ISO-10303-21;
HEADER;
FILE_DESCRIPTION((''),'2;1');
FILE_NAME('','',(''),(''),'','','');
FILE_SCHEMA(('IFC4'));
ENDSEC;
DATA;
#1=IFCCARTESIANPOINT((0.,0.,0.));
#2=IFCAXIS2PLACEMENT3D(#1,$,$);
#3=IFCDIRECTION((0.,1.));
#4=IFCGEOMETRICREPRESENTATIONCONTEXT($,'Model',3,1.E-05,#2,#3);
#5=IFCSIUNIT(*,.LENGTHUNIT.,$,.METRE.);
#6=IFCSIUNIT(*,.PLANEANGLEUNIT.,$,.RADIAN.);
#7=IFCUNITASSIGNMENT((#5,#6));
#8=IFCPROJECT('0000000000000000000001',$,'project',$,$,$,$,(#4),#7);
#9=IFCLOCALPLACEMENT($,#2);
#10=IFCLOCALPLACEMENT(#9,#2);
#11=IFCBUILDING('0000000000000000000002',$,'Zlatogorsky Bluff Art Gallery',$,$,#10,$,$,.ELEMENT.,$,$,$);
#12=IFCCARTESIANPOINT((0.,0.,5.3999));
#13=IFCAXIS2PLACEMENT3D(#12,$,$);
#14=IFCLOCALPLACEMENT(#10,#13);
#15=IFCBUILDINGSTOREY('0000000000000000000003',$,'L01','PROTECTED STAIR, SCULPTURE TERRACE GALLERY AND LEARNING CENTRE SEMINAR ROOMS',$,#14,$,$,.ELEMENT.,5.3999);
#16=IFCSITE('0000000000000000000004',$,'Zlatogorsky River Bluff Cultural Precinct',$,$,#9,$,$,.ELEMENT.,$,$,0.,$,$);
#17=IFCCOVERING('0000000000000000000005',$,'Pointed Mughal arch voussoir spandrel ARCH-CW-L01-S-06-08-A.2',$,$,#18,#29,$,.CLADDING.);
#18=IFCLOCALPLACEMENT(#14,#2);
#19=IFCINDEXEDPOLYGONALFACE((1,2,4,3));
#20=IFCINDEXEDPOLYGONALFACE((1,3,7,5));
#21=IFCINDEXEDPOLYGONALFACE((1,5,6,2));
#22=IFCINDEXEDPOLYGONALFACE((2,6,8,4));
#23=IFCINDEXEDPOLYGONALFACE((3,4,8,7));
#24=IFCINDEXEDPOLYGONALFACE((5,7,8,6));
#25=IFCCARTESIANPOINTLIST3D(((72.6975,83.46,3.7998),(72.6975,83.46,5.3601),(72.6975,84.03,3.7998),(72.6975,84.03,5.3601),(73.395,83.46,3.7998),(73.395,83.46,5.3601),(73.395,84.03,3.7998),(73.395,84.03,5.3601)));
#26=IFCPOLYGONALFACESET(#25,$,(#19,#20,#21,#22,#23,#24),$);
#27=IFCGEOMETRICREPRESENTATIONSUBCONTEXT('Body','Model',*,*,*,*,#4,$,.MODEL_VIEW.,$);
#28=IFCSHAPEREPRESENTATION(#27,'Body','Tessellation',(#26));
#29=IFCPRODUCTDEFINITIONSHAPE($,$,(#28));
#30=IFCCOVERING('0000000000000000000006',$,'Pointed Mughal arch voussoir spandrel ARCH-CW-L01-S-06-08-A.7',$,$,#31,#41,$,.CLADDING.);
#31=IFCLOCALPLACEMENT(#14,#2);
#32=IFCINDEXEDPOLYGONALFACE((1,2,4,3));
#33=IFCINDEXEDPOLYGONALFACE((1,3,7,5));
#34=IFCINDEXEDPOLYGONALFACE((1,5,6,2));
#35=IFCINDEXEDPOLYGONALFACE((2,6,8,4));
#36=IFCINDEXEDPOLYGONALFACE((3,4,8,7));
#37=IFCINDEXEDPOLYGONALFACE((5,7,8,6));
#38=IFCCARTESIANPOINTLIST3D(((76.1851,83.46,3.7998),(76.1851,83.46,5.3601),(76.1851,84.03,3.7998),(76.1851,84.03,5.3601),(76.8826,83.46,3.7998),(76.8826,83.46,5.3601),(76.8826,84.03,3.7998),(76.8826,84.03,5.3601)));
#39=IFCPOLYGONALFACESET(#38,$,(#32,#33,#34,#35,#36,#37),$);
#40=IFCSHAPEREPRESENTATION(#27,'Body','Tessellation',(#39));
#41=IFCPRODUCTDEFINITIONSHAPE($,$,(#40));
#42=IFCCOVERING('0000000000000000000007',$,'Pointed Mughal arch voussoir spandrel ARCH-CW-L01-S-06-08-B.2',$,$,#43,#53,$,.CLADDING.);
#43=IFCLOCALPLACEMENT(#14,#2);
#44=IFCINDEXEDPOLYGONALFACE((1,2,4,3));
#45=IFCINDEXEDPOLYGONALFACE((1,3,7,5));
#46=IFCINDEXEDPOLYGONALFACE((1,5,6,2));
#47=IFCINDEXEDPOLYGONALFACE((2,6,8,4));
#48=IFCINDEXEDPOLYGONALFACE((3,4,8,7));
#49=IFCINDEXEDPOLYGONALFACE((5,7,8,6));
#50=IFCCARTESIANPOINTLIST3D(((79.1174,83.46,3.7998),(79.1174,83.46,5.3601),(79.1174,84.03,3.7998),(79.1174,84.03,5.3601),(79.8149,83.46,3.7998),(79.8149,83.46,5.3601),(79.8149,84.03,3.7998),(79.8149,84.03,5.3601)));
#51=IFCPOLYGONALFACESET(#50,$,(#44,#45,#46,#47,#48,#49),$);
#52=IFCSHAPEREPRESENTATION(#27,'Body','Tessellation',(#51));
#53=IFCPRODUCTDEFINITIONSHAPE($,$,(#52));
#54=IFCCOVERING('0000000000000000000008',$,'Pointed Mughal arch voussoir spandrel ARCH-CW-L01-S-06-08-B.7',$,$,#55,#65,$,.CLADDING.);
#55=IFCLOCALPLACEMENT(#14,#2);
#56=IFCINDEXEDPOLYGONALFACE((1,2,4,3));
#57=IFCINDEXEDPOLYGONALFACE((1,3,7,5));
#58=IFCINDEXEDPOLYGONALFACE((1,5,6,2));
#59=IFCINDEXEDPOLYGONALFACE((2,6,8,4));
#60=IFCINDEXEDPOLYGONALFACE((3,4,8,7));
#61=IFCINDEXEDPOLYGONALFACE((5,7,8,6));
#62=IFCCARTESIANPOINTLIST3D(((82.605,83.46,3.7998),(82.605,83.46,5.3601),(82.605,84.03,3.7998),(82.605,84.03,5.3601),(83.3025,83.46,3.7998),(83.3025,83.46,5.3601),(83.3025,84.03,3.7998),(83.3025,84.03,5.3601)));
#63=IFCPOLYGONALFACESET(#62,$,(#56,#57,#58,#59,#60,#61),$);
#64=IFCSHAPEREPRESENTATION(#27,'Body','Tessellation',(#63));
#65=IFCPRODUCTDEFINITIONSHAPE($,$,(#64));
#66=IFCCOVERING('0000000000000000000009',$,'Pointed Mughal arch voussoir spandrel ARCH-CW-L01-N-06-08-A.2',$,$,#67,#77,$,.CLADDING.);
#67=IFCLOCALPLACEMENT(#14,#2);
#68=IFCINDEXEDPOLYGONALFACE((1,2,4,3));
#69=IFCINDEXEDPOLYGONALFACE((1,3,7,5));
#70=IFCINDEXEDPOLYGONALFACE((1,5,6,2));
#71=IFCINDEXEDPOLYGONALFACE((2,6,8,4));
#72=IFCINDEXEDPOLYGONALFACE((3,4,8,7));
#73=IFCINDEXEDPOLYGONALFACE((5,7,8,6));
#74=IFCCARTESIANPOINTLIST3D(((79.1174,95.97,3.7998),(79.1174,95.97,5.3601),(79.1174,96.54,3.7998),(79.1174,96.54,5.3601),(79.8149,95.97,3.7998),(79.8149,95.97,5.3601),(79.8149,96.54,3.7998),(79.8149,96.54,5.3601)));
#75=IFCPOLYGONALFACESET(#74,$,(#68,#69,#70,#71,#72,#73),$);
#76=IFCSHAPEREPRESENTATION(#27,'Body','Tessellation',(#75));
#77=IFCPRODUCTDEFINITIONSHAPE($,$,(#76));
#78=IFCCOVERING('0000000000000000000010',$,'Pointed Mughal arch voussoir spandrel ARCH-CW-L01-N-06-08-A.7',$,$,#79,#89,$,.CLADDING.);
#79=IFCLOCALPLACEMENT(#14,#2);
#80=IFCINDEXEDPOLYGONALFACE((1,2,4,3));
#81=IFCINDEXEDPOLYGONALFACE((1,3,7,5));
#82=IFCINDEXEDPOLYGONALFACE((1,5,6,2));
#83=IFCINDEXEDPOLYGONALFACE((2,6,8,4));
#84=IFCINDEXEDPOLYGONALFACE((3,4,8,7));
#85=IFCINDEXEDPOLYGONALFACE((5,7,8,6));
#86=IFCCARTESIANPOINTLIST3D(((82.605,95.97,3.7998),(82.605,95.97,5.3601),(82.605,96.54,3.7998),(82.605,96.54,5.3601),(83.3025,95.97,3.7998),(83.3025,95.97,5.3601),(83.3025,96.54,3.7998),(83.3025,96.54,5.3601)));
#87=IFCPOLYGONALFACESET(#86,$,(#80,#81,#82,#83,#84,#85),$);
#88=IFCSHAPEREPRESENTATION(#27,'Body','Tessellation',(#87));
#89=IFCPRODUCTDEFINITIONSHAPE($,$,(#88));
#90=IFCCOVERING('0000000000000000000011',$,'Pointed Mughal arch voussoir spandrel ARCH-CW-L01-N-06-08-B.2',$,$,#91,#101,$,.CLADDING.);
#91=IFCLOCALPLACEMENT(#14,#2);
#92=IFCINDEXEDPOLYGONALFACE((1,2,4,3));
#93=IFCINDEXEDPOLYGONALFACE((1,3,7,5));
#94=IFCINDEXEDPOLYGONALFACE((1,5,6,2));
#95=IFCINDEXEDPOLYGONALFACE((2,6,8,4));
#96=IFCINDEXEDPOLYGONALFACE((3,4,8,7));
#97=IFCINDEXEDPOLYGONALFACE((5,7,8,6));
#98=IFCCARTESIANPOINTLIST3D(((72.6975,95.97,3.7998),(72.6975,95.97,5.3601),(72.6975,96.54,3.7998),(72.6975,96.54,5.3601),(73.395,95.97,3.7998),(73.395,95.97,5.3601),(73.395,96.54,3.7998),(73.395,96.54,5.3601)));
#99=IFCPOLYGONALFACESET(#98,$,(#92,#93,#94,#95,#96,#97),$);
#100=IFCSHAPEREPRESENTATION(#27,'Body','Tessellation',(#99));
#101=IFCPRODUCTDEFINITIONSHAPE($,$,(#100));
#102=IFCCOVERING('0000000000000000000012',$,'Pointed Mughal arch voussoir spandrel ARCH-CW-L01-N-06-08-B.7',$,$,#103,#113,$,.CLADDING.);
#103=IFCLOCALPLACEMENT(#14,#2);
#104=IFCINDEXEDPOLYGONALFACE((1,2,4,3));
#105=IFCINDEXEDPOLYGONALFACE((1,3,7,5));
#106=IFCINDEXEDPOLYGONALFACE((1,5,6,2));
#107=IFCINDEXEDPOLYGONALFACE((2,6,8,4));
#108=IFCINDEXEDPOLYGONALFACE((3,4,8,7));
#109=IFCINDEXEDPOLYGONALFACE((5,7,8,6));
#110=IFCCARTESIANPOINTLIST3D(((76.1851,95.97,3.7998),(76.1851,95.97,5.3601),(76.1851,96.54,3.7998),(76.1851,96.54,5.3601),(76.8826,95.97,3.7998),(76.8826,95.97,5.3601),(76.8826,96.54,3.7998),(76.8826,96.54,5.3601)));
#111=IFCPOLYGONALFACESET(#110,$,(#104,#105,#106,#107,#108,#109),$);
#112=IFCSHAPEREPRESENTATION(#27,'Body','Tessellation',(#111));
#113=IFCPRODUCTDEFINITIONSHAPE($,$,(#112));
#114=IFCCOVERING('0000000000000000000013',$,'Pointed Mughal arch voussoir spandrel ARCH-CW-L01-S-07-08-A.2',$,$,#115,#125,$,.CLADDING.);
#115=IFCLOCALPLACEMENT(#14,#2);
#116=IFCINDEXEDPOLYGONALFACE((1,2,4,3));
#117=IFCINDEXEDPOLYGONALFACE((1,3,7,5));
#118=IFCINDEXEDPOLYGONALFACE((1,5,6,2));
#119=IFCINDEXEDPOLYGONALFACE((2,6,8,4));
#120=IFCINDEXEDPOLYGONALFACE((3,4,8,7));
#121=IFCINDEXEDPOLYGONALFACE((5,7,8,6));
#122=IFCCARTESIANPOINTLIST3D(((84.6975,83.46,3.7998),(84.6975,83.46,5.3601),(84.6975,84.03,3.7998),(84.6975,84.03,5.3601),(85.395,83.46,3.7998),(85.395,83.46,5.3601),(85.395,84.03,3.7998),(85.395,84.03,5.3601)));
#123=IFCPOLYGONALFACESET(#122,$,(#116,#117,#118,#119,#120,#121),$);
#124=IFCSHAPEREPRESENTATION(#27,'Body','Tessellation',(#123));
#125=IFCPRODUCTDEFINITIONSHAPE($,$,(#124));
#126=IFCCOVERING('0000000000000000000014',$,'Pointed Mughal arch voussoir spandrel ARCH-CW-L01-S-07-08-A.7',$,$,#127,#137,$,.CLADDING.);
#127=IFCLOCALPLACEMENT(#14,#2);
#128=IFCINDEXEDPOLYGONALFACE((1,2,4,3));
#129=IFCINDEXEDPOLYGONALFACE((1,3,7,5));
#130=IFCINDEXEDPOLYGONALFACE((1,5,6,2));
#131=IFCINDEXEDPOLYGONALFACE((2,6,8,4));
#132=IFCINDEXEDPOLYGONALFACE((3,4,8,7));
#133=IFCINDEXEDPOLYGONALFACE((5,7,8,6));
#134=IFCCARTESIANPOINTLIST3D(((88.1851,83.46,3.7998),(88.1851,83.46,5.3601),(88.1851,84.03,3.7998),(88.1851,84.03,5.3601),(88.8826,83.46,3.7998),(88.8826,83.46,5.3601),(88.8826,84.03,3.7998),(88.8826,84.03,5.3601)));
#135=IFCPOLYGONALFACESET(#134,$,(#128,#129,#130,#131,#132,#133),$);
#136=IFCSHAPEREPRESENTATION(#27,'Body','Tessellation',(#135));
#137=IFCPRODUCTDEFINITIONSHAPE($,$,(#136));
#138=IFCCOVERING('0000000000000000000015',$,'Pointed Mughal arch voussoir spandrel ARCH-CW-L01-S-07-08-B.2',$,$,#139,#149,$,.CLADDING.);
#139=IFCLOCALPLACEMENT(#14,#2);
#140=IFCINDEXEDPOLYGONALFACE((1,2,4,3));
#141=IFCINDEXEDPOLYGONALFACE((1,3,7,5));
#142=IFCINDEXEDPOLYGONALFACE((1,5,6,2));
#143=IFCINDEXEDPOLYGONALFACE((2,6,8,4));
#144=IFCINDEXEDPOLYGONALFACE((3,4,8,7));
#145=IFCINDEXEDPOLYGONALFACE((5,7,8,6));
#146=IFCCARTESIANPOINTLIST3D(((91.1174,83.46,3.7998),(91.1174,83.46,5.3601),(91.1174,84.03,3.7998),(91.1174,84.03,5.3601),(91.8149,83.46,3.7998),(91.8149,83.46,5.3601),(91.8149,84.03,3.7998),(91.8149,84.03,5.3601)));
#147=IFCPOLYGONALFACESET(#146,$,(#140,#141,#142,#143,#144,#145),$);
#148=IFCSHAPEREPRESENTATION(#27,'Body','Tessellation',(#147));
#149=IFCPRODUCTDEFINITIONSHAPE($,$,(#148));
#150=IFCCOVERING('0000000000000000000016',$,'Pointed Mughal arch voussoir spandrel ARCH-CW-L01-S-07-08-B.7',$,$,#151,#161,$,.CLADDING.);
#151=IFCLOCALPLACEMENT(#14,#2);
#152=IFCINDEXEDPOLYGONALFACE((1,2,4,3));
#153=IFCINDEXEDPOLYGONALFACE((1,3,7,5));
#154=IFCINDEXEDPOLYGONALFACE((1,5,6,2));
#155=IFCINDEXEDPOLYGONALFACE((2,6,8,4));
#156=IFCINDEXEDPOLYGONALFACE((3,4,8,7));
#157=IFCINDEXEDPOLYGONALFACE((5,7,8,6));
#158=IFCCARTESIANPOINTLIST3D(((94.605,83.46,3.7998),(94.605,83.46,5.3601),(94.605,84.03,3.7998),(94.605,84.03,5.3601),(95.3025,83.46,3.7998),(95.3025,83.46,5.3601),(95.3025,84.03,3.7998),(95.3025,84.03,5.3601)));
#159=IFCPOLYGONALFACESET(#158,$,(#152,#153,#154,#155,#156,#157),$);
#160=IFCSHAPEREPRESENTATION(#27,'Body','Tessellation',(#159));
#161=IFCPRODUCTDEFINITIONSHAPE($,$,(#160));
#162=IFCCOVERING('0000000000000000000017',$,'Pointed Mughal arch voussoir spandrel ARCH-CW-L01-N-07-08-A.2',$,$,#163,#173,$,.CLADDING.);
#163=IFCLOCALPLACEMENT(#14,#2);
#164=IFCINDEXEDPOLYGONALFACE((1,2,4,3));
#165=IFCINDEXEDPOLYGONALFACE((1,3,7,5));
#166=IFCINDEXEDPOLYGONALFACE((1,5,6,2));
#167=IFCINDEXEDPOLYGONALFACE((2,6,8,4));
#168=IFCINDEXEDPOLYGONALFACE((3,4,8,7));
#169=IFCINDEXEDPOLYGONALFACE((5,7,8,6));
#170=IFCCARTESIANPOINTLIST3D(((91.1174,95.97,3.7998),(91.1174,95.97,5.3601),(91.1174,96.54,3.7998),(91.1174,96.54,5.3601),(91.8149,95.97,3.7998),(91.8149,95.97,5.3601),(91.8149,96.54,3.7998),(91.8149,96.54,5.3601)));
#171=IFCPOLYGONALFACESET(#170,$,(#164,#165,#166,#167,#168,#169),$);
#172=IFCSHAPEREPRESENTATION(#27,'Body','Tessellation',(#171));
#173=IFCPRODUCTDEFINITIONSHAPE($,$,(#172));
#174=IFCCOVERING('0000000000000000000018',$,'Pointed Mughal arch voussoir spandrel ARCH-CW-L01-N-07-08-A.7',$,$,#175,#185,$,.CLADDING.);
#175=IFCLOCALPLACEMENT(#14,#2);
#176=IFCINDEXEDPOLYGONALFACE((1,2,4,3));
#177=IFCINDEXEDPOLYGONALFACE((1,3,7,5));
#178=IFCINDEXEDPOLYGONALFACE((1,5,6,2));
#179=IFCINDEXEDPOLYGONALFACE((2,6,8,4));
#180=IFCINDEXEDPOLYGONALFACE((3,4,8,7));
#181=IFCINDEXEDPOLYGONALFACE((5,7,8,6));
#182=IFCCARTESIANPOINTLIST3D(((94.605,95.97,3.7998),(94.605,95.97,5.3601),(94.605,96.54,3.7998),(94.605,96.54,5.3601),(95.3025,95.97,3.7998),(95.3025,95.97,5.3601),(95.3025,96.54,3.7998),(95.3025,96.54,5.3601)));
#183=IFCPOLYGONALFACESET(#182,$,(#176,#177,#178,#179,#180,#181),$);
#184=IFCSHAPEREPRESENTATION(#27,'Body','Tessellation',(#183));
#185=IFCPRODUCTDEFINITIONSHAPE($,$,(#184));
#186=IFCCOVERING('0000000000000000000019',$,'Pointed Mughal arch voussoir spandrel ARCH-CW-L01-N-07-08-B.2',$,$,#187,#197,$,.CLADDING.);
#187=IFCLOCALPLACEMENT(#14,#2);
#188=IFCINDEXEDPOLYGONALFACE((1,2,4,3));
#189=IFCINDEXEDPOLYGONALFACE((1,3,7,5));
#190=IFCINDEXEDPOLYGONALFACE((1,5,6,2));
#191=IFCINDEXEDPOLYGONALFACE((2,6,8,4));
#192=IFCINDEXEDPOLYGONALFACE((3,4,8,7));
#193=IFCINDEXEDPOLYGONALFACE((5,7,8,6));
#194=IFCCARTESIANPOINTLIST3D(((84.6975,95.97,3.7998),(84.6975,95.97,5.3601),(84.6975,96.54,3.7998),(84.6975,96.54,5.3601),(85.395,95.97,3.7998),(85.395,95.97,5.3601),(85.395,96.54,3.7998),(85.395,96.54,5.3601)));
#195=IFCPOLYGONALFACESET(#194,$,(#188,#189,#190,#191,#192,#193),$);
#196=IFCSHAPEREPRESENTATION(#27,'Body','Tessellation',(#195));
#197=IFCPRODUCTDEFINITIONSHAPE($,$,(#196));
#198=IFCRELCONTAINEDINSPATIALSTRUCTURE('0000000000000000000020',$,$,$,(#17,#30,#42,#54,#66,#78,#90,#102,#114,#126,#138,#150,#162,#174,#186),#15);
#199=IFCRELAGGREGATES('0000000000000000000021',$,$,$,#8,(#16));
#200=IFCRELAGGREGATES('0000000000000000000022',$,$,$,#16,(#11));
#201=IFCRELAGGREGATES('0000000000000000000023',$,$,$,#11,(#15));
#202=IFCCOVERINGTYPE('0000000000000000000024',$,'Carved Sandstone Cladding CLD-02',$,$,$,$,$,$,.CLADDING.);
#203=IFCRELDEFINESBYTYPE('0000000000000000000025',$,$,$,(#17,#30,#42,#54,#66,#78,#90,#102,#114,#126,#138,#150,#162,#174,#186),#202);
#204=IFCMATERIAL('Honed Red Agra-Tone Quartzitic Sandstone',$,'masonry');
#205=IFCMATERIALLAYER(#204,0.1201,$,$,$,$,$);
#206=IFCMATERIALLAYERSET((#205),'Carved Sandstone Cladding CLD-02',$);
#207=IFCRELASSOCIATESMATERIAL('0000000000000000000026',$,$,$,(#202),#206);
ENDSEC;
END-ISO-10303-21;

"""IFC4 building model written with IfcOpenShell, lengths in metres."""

from ifc_helpers import new_model, si_unit, direction, frame, origin, place, context, subcontext, project, spatial, polyline, outline, extrude, material, layer, layer_set, type_object, element, save


model = new_model("IFC4")

# Units and contexts
model_context = context("Model", 3, precision=1e-05, world=origin(), true_north=direction((0.0, 1.0)))
body_context = subcontext(model_context, "Body", "Model", "MODEL_VIEW")
ifc_project = project(units=[si_unit("LENGTHUNIT", "METRE"), si_unit("PLANEANGLEUNIT", "RADIAN")], contexts=[model_context])

# Site, building, storey
site_placement = place(None, origin())
site = spatial("IfcSite", under=ifc_project, at=site_placement, Name="Zlatogorsky River Bluff Cultural Precinct", CompositionType="ELEMENT", RefElevation=0.0)
building_placement = place(site_placement, origin())
building = spatial("IfcBuilding", under=site, at=building_placement, Name="Zlatogorsky Bluff Art Gallery", CompositionType="ELEMENT")
storey_placement = place(building_placement, frame((0.0, 0.0, 5.3999)))
storey = spatial("IfcBuildingStorey", under=building, at=storey_placement, Name="L01", Description="PROTECTED STAIR, SCULPTURE TERRACE GALLERY AND LEARNING CENTRE SEMINAR ROOMS", CompositionType="ELEMENT", Elevation=5.3999)

# Coverings
ifc_material = material(Name="Honed Red Agra-Tone Quartzitic Sandstone", Category="masonry")
ifc_layer = layer(ifc_material, 0.1201)
ifc_layer_set = layer_set([ifc_layer], Name="Carved Sandstone Cladding CLD-02")
covering_type = type_object("IfcCoveringType", Name="Carved Sandstone Cladding CLD-02", PredefinedType="CLADDING", material=ifc_layer_set)
covering_1_placement = place(storey_placement, frame((0.0, 0.0, 3.7998)))
element("IfcCovering", 1, at=covering_1_placement, inside=storey, type_object=covering_type, Name="Pointed Mughal arch voussoir spandrel ARCH-CW-L01-S-06-08-A.2", PredefinedType="CLADDING", context=body_context, shape_type="SweptSolid", body=[
    extrude(outline(polyline([(72.6975, 83.46), (73.395, 83.46), (73.395, 84.03), (72.6975, 84.03), (72.6975, 83.46)])), origin(), (0.0, 0.0, 1.0), 1.5603),
])
covering_2_placement = place(storey_placement, frame((0.0, 0.0, 3.7998)))
element("IfcCovering", 2, at=covering_2_placement, inside=storey, type_object=covering_type, Name="Pointed Mughal arch voussoir spandrel ARCH-CW-L01-S-06-08-A.7", PredefinedType="CLADDING", context=body_context, shape_type="SweptSolid", body=[
    extrude(outline(polyline([(76.1851, 83.46), (76.8826, 83.46), (76.8826, 84.03), (76.1851, 84.03), (76.1851, 83.46)])), origin(), (0.0, 0.0, 1.0), 1.5603),
])
covering_3_placement = place(storey_placement, frame((0.0, 0.0, 3.7998)))
element("IfcCovering", 3, at=covering_3_placement, inside=storey, type_object=covering_type, Name="Pointed Mughal arch voussoir spandrel ARCH-CW-L01-S-06-08-B.2", PredefinedType="CLADDING", context=body_context, shape_type="SweptSolid", body=[
    extrude(outline(polyline([(79.1174, 83.46), (79.8149, 83.46), (79.8149, 84.03), (79.1174, 84.03), (79.1174, 83.46)])), origin(), (0.0, 0.0, 1.0), 1.5603),
])
covering_4_placement = place(storey_placement, frame((0.0, 0.0, 3.7998)))
element("IfcCovering", 4, at=covering_4_placement, inside=storey, type_object=covering_type, Name="Pointed Mughal arch voussoir spandrel ARCH-CW-L01-S-06-08-B.7", PredefinedType="CLADDING", context=body_context, shape_type="SweptSolid", body=[
    extrude(outline(polyline([(82.605, 83.46), (83.3025, 83.46), (83.3025, 84.03), (82.605, 84.03), (82.605, 83.46)])), origin(), (0.0, 0.0, 1.0), 1.5603),
])
covering_5_placement = place(storey_placement, frame((0.0, 0.0, 3.7998)))
element("IfcCovering", 5, at=covering_5_placement, inside=storey, type_object=covering_type, Name="Pointed Mughal arch voussoir spandrel ARCH-CW-L01-N-06-08-A.2", PredefinedType="CLADDING", context=body_context, shape_type="SweptSolid", body=[
    extrude(outline(polyline([(79.1174, 95.97), (79.8149, 95.97), (79.8149, 96.54), (79.1174, 96.54), (79.1174, 95.97)])), origin(), (0.0, 0.0, 1.0), 1.5603),
])
covering_6_placement = place(storey_placement, frame((0.0, 0.0, 3.7998)))
element("IfcCovering", 6, at=covering_6_placement, inside=storey, type_object=covering_type, Name="Pointed Mughal arch voussoir spandrel ARCH-CW-L01-N-06-08-A.7", PredefinedType="CLADDING", context=body_context, shape_type="SweptSolid", body=[
    extrude(outline(polyline([(82.605, 95.97), (83.3025, 95.97), (83.3025, 96.54), (82.605, 96.54), (82.605, 95.97)])), origin(), (0.0, 0.0, 1.0), 1.5603),
])
covering_7_placement = place(storey_placement, frame((0.0, 0.0, 3.7998)))
element("IfcCovering", 7, at=covering_7_placement, inside=storey, type_object=covering_type, Name="Pointed Mughal arch voussoir spandrel ARCH-CW-L01-N-06-08-B.2", PredefinedType="CLADDING", context=body_context, shape_type="SweptSolid", body=[
    extrude(outline(polyline([(72.6975, 95.97), (73.395, 95.97), (73.395, 96.54), (72.6975, 96.54), (72.6975, 95.97)])), origin(), (0.0, 0.0, 1.0), 1.5603),
])
covering_8_placement = place(storey_placement, frame((0.0, 0.0, 3.7998)))
element("IfcCovering", 8, at=covering_8_placement, inside=storey, type_object=covering_type, Name="Pointed Mughal arch voussoir spandrel ARCH-CW-L01-N-06-08-B.7", PredefinedType="CLADDING", context=body_context, shape_type="SweptSolid", body=[
    extrude(outline(polyline([(76.1851, 95.97), (76.8826, 95.97), (76.8826, 96.54), (76.1851, 96.54), (76.1851, 95.97)])), origin(), (0.0, 0.0, 1.0), 1.5603),
])
covering_9_placement = place(storey_placement, frame((0.0, 0.0, 3.7998)))
element("IfcCovering", 9, at=covering_9_placement, inside=storey, type_object=covering_type, Name="Pointed Mughal arch voussoir spandrel ARCH-CW-L01-S-07-08-A.2", PredefinedType="CLADDING", context=body_context, shape_type="SweptSolid", body=[
    extrude(outline(polyline([(84.6975, 83.46), (85.395, 83.46), (85.395, 84.03), (84.6975, 84.03), (84.6975, 83.46)])), origin(), (0.0, 0.0, 1.0), 1.5603),
])
covering_10_placement = place(storey_placement, frame((0.0, 0.0, 3.7998)))
element("IfcCovering", 10, at=covering_10_placement, inside=storey, type_object=covering_type, Name="Pointed Mughal arch voussoir spandrel ARCH-CW-L01-S-07-08-A.7", PredefinedType="CLADDING", context=body_context, shape_type="SweptSolid", body=[
    extrude(outline(polyline([(88.1851, 83.46), (88.8826, 83.46), (88.8826, 84.03), (88.1851, 84.03), (88.1851, 83.46)])), origin(), (0.0, 0.0, 1.0), 1.5603),
])
covering_11_placement = place(storey_placement, frame((0.0, 0.0, 3.7998)))
element("IfcCovering", 11, at=covering_11_placement, inside=storey, type_object=covering_type, Name="Pointed Mughal arch voussoir spandrel ARCH-CW-L01-S-07-08-B.2", PredefinedType="CLADDING", context=body_context, shape_type="SweptSolid", body=[
    extrude(outline(polyline([(91.1174, 83.46), (91.8149, 83.46), (91.8149, 84.03), (91.1174, 84.03), (91.1174, 83.46)])), origin(), (0.0, 0.0, 1.0), 1.5603),
])
covering_12_placement = place(storey_placement, frame((0.0, 0.0, 3.7998)))
element("IfcCovering", 12, at=covering_12_placement, inside=storey, type_object=covering_type, Name="Pointed Mughal arch voussoir spandrel ARCH-CW-L01-S-07-08-B.7", PredefinedType="CLADDING", context=body_context, shape_type="SweptSolid", body=[
    extrude(outline(polyline([(94.605, 83.46), (95.3025, 83.46), (95.3025, 84.03), (94.605, 84.03), (94.605, 83.46)])), origin(), (0.0, 0.0, 1.0), 1.5603),
])
covering_13_placement = place(storey_placement, frame((0.0, 0.0, 3.7998)))
element("IfcCovering", 13, at=covering_13_placement, inside=storey, type_object=covering_type, Name="Pointed Mughal arch voussoir spandrel ARCH-CW-L01-N-07-08-A.2", PredefinedType="CLADDING", context=body_context, shape_type="SweptSolid", body=[
    extrude(outline(polyline([(91.1174, 95.97), (91.8149, 95.97), (91.8149, 96.54), (91.1174, 96.54), (91.1174, 95.97)])), origin(), (0.0, 0.0, 1.0), 1.5603),
])
covering_14_placement = place(storey_placement, frame((0.0, 0.0, 3.7998)))
element("IfcCovering", 14, at=covering_14_placement, inside=storey, type_object=covering_type, Name="Pointed Mughal arch voussoir spandrel ARCH-CW-L01-N-07-08-A.7", PredefinedType="CLADDING", context=body_context, shape_type="SweptSolid", body=[
    extrude(outline(polyline([(94.605, 95.97), (95.3025, 95.97), (95.3025, 96.54), (94.605, 96.54), (94.605, 95.97)])), origin(), (0.0, 0.0, 1.0), 1.5603),
])
covering_15_placement = place(storey_placement, frame((0.0, 0.0, 3.7998)))
element("IfcCovering", 15, at=covering_15_placement, inside=storey, type_object=covering_type, Name="Pointed Mughal arch voussoir spandrel ARCH-CW-L01-N-07-08-B.2", PredefinedType="CLADDING", context=body_context, shape_type="SweptSolid", body=[
    extrude(outline(polyline([(84.6975, 95.97), (85.395, 95.97), (85.395, 96.54), (84.6975, 96.54), (84.6975, 95.97)])), origin(), (0.0, 0.0, 1.0), 1.5603),
])

save(model, "model.ifc")
